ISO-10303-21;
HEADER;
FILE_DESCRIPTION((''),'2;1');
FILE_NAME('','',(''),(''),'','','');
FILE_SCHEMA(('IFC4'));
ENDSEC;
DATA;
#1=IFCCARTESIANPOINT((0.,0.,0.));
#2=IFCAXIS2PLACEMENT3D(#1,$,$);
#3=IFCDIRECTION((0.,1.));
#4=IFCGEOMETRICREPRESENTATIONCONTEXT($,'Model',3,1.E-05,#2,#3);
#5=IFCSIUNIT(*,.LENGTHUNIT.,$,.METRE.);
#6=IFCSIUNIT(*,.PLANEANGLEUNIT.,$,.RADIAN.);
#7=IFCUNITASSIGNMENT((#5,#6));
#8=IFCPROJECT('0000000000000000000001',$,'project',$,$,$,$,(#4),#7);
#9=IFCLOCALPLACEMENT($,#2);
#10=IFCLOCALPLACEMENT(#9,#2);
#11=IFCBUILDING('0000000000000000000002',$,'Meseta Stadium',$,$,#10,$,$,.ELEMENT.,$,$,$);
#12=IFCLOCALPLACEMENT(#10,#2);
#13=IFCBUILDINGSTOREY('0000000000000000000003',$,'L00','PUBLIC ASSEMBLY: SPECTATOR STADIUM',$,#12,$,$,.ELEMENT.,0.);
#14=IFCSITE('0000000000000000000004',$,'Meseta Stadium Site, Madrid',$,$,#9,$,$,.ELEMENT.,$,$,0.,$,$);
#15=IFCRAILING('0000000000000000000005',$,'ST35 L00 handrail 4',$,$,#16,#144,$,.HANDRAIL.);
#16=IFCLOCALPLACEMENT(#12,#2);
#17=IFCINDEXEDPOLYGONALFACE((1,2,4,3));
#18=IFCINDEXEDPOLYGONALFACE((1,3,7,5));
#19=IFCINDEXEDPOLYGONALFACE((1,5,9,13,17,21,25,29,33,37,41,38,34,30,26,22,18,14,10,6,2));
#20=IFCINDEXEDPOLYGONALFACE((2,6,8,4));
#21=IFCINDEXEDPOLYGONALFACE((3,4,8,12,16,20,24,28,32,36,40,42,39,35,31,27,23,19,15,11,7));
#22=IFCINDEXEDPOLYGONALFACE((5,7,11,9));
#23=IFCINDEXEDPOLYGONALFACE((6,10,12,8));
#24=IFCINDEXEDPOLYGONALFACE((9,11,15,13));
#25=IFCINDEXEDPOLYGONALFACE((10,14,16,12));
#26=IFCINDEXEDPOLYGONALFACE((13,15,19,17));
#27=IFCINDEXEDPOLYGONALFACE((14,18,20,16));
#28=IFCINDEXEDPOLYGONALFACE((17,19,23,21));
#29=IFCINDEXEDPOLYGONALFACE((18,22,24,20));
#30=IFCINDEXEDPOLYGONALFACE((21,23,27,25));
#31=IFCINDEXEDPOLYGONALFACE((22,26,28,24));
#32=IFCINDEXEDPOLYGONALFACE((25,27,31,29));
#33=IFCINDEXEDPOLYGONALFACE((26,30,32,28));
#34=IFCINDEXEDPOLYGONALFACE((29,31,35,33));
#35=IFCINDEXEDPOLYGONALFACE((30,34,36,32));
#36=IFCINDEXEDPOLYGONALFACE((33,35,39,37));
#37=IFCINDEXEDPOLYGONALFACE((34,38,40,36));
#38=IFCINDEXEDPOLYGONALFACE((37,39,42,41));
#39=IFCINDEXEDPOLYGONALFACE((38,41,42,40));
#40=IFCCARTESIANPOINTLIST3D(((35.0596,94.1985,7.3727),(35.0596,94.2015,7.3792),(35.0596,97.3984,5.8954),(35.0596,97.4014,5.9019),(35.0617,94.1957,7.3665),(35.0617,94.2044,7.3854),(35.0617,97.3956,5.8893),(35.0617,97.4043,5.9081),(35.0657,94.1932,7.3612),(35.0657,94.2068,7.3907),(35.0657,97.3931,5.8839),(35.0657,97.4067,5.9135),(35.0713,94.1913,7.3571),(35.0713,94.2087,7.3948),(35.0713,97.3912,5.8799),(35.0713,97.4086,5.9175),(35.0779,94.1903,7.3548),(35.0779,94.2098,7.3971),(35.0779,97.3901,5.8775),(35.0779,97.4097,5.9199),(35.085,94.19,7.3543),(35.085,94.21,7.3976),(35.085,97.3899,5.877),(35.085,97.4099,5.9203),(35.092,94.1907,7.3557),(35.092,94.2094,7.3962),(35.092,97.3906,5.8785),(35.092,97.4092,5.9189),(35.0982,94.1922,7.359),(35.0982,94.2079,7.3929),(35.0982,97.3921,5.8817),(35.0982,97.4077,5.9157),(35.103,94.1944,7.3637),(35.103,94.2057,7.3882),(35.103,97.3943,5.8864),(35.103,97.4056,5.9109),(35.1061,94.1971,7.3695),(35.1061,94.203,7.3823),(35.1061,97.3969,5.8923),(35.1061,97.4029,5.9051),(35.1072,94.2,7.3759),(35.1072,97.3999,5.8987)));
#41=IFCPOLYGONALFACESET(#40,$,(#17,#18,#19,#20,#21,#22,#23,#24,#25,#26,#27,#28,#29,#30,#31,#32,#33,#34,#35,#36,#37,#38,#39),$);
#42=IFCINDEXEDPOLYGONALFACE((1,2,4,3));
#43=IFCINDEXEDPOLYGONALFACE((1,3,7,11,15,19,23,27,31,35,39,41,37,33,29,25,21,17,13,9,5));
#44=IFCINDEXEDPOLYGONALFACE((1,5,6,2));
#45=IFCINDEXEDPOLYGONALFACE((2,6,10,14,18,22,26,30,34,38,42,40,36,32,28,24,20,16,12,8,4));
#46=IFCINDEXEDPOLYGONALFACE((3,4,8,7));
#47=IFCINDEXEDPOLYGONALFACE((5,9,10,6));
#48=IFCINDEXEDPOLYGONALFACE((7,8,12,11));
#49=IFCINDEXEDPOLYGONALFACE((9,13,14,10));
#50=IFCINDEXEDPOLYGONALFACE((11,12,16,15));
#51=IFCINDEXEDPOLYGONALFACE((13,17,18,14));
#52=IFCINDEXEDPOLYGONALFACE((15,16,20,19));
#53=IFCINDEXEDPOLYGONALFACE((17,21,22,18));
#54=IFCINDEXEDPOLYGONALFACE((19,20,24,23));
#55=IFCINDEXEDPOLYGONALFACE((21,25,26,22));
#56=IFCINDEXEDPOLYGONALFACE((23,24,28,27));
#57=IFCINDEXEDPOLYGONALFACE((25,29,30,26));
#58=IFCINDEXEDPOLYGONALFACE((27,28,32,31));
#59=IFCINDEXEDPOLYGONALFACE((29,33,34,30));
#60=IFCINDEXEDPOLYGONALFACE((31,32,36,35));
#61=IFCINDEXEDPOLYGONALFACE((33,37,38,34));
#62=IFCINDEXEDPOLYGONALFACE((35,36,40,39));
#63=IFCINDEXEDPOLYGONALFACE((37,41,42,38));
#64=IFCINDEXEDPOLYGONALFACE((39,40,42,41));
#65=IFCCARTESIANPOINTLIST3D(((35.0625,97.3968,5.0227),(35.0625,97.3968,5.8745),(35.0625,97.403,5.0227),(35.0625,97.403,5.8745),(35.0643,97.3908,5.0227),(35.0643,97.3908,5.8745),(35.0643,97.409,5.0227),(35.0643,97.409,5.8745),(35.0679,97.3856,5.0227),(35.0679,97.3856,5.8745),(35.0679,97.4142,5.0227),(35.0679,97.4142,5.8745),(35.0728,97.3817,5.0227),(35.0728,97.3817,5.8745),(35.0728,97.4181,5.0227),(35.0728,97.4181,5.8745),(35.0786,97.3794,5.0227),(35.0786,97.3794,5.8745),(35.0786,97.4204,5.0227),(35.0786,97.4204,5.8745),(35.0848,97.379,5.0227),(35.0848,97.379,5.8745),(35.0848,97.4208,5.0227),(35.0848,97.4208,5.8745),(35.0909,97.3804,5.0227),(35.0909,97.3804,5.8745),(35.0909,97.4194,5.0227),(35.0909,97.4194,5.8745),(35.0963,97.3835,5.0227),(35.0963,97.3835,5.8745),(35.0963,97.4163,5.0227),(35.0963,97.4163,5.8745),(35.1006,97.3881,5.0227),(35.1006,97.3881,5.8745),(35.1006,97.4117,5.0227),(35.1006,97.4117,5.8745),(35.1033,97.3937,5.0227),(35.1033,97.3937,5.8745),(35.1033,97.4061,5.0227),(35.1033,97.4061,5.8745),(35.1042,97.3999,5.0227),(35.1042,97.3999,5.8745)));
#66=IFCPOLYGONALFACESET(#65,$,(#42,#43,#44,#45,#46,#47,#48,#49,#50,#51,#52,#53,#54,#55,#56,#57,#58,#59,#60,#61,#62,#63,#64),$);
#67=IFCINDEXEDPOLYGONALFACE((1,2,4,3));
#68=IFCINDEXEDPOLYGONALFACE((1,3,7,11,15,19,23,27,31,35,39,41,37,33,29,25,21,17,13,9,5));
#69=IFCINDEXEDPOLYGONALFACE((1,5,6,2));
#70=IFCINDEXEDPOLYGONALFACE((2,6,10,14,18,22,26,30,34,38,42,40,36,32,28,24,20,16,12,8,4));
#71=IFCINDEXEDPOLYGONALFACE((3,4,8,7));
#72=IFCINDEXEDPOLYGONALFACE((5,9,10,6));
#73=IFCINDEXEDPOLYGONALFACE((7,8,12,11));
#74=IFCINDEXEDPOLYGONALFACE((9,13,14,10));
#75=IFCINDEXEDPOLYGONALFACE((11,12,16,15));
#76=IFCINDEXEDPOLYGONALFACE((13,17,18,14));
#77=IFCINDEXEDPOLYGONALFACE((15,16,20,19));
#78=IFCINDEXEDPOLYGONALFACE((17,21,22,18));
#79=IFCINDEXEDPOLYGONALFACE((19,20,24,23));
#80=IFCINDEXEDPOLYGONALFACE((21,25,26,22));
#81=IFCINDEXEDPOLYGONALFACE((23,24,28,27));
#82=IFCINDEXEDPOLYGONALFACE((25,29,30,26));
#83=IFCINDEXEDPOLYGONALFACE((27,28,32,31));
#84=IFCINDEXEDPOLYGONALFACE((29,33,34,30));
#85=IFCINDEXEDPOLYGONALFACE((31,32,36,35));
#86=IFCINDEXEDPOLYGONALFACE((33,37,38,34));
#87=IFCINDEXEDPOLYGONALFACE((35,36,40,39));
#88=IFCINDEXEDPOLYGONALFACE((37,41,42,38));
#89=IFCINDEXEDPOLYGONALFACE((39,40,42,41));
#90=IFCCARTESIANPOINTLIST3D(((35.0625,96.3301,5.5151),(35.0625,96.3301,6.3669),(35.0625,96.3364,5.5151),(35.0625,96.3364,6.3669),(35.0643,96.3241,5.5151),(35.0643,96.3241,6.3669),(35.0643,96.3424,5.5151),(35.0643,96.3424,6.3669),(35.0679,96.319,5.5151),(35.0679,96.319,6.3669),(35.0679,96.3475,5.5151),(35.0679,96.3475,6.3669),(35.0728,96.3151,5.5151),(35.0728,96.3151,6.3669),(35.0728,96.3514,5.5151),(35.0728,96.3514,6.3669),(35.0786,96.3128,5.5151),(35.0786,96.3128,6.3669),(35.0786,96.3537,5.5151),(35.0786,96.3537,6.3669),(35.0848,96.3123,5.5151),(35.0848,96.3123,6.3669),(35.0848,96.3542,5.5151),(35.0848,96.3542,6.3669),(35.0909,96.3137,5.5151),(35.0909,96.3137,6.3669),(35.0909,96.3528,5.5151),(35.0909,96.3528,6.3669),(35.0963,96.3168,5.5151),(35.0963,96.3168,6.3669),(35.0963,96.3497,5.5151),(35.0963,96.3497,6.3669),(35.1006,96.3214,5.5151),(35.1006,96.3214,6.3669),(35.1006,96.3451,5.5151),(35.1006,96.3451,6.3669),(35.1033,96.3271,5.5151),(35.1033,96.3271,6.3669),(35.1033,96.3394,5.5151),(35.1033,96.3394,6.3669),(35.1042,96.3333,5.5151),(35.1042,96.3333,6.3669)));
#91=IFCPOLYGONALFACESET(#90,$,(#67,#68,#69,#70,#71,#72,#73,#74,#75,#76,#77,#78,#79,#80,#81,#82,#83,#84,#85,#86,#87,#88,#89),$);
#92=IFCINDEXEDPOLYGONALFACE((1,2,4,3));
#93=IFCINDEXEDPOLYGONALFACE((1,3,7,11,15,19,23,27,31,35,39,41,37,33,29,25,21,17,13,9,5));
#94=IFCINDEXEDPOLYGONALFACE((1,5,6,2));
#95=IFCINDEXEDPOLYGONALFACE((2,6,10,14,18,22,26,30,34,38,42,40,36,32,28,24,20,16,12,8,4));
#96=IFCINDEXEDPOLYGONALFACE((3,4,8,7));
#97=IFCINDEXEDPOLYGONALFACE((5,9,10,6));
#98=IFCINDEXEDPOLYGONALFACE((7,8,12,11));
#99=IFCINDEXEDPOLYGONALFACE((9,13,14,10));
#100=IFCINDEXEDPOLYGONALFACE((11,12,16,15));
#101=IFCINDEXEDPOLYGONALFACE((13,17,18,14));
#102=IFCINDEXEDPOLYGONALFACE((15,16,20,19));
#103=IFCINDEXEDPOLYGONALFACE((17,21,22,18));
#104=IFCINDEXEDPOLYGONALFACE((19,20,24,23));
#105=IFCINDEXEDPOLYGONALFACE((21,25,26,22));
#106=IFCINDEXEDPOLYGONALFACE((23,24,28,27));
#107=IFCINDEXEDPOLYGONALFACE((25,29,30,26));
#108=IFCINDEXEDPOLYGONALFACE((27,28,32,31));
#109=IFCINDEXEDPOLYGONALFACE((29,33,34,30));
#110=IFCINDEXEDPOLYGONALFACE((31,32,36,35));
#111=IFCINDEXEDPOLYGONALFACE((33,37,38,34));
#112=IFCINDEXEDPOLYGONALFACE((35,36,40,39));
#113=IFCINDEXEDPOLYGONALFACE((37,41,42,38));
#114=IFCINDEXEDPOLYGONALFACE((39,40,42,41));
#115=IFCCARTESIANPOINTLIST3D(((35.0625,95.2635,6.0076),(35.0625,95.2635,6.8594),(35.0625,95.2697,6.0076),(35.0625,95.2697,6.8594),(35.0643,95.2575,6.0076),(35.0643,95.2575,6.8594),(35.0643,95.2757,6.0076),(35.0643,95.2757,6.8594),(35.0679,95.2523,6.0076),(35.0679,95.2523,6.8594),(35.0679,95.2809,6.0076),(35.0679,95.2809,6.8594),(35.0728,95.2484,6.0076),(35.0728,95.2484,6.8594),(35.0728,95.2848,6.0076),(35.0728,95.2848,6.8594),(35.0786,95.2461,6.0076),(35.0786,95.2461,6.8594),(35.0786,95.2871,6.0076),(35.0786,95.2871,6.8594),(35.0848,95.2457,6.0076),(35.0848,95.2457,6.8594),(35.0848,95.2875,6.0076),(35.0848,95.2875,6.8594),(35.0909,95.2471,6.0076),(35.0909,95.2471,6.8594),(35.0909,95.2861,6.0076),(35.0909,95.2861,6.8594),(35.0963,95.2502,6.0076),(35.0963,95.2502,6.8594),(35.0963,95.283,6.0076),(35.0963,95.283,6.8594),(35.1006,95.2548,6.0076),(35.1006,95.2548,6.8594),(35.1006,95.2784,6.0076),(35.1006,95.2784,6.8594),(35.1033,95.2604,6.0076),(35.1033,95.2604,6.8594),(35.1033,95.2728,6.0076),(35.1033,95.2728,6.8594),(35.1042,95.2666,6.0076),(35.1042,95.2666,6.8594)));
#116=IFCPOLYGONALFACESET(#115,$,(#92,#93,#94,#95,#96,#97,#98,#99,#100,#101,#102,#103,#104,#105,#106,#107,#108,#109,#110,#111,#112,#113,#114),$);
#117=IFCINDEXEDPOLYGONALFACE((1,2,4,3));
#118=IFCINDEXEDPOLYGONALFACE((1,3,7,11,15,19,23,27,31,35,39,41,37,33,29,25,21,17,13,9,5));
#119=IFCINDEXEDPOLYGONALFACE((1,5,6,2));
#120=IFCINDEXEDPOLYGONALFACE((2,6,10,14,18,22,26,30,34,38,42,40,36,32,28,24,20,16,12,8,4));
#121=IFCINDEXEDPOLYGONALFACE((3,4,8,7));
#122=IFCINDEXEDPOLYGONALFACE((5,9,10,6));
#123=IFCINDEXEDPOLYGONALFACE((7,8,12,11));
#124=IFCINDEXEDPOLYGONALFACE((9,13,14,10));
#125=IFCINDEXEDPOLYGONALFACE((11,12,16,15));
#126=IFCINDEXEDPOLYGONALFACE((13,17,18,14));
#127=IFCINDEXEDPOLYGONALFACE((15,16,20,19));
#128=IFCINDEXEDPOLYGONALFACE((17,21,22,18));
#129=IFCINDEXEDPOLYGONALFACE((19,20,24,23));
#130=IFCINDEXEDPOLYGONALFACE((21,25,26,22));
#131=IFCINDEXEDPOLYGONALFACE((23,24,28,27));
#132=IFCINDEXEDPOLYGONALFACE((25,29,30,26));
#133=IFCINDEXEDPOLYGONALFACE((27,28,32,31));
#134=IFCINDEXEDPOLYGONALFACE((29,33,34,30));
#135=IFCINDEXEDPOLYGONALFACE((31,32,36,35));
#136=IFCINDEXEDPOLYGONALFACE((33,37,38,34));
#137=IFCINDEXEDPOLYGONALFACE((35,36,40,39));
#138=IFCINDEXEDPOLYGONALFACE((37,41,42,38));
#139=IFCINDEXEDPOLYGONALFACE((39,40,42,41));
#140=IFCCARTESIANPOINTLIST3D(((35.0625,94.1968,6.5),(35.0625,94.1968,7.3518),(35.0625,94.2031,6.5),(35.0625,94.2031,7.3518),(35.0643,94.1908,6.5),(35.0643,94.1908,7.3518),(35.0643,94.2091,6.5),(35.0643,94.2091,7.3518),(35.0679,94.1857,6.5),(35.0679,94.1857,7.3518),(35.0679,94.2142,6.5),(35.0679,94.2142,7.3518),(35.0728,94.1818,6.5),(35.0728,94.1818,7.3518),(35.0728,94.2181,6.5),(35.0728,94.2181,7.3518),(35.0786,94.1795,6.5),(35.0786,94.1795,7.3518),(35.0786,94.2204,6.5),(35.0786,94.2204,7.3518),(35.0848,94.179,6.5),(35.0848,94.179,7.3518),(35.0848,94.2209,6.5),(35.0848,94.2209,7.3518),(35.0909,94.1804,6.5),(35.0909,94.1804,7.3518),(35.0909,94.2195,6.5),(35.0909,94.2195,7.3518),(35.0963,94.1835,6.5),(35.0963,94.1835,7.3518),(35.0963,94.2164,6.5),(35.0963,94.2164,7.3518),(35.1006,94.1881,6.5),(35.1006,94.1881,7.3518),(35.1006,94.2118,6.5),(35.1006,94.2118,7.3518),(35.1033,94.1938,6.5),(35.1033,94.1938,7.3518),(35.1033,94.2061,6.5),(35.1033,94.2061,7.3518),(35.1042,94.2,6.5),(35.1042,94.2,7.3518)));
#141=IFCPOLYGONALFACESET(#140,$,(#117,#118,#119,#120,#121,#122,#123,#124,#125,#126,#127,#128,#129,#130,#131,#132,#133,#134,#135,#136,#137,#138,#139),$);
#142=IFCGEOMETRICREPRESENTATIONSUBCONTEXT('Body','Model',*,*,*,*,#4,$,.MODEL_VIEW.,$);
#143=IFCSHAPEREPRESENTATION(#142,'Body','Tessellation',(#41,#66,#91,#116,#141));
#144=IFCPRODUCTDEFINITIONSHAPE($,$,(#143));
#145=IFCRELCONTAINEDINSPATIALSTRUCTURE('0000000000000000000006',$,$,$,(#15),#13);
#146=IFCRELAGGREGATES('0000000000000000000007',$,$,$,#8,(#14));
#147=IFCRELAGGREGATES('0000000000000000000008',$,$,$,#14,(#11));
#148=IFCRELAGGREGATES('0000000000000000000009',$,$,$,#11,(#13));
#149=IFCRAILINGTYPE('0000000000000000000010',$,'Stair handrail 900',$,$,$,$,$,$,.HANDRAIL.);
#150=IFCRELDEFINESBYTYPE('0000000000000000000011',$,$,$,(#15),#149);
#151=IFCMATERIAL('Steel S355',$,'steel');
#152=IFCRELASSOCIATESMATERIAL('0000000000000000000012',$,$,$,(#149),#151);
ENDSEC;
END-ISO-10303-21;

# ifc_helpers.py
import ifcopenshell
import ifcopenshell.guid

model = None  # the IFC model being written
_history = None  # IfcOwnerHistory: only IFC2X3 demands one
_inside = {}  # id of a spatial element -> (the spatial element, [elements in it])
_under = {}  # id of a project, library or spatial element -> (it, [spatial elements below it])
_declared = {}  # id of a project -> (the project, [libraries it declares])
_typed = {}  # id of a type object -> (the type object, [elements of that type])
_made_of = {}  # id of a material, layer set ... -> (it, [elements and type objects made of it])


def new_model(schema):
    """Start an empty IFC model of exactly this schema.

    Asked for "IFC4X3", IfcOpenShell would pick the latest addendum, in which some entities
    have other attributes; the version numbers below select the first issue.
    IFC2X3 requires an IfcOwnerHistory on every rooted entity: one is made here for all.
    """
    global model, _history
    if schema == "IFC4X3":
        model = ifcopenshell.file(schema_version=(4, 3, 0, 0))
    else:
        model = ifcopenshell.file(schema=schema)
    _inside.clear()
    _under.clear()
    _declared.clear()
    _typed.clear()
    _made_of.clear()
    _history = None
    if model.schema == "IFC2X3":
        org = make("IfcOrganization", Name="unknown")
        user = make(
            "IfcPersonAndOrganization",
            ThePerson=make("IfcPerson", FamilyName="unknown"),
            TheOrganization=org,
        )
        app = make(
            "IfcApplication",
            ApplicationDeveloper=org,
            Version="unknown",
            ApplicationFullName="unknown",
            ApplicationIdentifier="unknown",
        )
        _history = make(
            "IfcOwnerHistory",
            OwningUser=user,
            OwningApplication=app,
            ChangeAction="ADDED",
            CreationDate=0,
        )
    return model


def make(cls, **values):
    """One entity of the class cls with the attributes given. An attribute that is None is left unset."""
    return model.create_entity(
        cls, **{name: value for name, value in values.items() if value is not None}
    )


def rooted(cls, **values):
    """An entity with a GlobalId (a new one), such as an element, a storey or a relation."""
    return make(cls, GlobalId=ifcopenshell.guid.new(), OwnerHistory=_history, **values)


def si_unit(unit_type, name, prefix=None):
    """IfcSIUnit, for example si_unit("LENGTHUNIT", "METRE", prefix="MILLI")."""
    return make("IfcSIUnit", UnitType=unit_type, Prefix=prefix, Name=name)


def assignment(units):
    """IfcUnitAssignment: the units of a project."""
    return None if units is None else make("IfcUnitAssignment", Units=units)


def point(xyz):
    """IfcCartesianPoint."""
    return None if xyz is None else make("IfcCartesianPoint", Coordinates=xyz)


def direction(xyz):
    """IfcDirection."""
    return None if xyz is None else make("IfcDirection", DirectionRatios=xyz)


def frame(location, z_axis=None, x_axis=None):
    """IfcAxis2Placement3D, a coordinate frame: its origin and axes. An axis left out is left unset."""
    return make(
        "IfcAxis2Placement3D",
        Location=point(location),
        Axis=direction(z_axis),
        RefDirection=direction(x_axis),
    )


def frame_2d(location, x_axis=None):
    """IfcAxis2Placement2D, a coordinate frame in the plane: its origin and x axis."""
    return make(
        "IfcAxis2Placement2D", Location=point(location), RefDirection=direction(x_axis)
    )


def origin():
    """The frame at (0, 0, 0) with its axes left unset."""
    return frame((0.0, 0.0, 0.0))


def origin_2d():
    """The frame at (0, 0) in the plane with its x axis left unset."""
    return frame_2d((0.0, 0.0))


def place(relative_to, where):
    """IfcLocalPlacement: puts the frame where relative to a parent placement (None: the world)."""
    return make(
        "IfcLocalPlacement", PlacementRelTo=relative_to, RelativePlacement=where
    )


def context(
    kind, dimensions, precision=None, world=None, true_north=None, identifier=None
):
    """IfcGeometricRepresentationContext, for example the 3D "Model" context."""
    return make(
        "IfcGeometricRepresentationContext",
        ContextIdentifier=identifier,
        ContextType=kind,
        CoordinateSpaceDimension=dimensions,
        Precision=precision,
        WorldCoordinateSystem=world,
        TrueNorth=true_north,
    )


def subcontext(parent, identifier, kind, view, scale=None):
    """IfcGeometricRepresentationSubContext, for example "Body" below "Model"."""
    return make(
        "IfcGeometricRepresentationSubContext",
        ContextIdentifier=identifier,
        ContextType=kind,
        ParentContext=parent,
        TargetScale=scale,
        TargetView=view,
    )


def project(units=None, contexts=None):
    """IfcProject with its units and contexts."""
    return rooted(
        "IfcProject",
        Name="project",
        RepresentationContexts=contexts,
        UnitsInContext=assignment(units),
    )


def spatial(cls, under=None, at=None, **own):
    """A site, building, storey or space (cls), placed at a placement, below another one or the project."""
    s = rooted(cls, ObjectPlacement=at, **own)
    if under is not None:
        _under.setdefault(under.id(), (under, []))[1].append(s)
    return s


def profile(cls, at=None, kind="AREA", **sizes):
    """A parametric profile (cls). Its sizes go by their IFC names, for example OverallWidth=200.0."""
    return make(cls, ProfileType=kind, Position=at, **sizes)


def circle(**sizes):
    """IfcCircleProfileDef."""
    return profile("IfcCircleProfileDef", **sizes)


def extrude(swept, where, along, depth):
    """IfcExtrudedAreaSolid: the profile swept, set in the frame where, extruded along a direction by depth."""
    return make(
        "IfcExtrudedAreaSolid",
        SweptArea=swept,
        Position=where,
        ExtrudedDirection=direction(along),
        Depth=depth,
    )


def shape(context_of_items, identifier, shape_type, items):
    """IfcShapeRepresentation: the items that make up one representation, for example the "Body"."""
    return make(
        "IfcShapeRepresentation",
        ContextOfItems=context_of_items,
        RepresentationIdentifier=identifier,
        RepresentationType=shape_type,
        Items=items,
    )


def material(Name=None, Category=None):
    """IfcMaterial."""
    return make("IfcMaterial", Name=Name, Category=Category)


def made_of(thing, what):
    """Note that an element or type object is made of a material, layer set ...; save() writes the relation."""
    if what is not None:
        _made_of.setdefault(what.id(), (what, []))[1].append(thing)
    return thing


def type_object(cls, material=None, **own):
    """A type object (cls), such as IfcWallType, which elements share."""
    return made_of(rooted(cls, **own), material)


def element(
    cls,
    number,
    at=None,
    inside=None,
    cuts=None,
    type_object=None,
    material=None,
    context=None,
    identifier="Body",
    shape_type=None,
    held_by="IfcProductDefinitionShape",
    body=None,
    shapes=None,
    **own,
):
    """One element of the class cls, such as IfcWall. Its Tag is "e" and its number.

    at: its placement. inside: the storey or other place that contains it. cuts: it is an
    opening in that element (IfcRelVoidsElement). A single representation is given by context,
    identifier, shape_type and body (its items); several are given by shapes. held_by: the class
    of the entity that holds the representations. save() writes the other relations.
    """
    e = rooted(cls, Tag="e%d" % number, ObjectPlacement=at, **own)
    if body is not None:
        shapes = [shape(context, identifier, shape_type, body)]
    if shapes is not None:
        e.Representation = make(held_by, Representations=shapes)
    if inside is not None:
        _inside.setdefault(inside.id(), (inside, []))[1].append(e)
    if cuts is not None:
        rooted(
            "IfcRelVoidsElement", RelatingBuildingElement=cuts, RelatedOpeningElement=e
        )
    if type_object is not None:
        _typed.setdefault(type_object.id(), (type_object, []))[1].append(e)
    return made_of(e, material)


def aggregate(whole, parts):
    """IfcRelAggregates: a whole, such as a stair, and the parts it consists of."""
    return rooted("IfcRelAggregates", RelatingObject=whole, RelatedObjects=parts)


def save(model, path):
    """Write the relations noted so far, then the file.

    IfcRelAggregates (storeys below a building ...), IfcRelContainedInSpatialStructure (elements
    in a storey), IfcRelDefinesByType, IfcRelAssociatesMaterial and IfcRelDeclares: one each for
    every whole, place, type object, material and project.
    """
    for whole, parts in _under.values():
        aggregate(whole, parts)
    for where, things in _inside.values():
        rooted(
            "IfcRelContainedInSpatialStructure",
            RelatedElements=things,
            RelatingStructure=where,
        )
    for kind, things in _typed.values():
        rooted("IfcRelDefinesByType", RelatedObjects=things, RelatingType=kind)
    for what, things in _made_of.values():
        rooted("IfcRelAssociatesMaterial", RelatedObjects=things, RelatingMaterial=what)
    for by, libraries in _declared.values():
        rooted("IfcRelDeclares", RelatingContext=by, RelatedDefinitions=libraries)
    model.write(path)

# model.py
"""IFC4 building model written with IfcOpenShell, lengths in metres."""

from ifc_helpers import new_model, si_unit, direction, frame, origin, origin_2d, place, context, subcontext, project, spatial, circle, extrude, material, type_object, element, save


model = new_model("IFC4")

# Units and contexts
model_context = context("Model", 3, precision=1e-05, world=origin(), true_north=direction((0.0, 1.0)))
body_context = subcontext(model_context, "Body", "Model", "MODEL_VIEW")
ifc_project = project(units=[si_unit("LENGTHUNIT", "METRE"), si_unit("PLANEANGLEUNIT", "RADIAN")], contexts=[model_context])

# Site, building, storey
site_placement = place(None, origin())
site = spatial("IfcSite", under=ifc_project, at=site_placement, Name="Meseta Stadium Site, Madrid", CompositionType="ELEMENT", RefElevation=0.0)
building_placement = place(site_placement, origin())
building = spatial("IfcBuilding", under=site, at=building_placement, Name="Meseta Stadium", CompositionType="ELEMENT")
storey_placement = place(building_placement, origin())
storey = spatial("IfcBuildingStorey", under=building, at=storey_placement, Name="L00", Description="PUBLIC ASSEMBLY: SPECTATOR STADIUM", CompositionType="ELEMENT", Elevation=0.0)

# Railing
ifc_material_1 = material(Name="Steel S355", Category="steel")
railing_type_1 = type_object("IfcRailingType", Name="Stair handrail 900", PredefinedType="HANDRAIL", material=ifc_material_1)
for number, where, name in (
    (1, (35.0833, 97.3999, 5.0227), "ST35 L00 handrail 4"),
):
    element("IfcRailing", number, at=place(storey_placement, frame(where)), inside=storey, type_object=railing_type_1, Name=name, PredefinedType="HANDRAIL", context=body_context, shape_type="SweptSolid", body=[
        extrude(circle(Radius=0.0239, at=origin_2d()), frame((0.0, 0.0, 0.876), z_axis=(0.0, -0.907917, 0.41915), x_axis=(1.0, 0.0, 0.0)), (0.0, 0.0, 1.0), 3.5244),
        extrude(circle(Radius=0.021, at=origin_2d()), origin(), (0.0, 0.0, 1.0), 0.8518),
        extrude(circle(Radius=0.021, at=origin_2d()), frame((0.0, -1.0667, 0.4924)), (0.0, 0.0, 1.0), 0.8518),
        extrude(circle(Radius=0.021, at=origin_2d()), frame((0.0, -2.1333, 0.9849)), (0.0, 0.0, 1.0), 0.8518),
        extrude(circle(Radius=0.021, at=origin_2d()), frame((0.0, -3.2, 1.4773)), (0.0, 0.0, 1.0), 0.8518),
    ])

save(model, "model.ifc")
